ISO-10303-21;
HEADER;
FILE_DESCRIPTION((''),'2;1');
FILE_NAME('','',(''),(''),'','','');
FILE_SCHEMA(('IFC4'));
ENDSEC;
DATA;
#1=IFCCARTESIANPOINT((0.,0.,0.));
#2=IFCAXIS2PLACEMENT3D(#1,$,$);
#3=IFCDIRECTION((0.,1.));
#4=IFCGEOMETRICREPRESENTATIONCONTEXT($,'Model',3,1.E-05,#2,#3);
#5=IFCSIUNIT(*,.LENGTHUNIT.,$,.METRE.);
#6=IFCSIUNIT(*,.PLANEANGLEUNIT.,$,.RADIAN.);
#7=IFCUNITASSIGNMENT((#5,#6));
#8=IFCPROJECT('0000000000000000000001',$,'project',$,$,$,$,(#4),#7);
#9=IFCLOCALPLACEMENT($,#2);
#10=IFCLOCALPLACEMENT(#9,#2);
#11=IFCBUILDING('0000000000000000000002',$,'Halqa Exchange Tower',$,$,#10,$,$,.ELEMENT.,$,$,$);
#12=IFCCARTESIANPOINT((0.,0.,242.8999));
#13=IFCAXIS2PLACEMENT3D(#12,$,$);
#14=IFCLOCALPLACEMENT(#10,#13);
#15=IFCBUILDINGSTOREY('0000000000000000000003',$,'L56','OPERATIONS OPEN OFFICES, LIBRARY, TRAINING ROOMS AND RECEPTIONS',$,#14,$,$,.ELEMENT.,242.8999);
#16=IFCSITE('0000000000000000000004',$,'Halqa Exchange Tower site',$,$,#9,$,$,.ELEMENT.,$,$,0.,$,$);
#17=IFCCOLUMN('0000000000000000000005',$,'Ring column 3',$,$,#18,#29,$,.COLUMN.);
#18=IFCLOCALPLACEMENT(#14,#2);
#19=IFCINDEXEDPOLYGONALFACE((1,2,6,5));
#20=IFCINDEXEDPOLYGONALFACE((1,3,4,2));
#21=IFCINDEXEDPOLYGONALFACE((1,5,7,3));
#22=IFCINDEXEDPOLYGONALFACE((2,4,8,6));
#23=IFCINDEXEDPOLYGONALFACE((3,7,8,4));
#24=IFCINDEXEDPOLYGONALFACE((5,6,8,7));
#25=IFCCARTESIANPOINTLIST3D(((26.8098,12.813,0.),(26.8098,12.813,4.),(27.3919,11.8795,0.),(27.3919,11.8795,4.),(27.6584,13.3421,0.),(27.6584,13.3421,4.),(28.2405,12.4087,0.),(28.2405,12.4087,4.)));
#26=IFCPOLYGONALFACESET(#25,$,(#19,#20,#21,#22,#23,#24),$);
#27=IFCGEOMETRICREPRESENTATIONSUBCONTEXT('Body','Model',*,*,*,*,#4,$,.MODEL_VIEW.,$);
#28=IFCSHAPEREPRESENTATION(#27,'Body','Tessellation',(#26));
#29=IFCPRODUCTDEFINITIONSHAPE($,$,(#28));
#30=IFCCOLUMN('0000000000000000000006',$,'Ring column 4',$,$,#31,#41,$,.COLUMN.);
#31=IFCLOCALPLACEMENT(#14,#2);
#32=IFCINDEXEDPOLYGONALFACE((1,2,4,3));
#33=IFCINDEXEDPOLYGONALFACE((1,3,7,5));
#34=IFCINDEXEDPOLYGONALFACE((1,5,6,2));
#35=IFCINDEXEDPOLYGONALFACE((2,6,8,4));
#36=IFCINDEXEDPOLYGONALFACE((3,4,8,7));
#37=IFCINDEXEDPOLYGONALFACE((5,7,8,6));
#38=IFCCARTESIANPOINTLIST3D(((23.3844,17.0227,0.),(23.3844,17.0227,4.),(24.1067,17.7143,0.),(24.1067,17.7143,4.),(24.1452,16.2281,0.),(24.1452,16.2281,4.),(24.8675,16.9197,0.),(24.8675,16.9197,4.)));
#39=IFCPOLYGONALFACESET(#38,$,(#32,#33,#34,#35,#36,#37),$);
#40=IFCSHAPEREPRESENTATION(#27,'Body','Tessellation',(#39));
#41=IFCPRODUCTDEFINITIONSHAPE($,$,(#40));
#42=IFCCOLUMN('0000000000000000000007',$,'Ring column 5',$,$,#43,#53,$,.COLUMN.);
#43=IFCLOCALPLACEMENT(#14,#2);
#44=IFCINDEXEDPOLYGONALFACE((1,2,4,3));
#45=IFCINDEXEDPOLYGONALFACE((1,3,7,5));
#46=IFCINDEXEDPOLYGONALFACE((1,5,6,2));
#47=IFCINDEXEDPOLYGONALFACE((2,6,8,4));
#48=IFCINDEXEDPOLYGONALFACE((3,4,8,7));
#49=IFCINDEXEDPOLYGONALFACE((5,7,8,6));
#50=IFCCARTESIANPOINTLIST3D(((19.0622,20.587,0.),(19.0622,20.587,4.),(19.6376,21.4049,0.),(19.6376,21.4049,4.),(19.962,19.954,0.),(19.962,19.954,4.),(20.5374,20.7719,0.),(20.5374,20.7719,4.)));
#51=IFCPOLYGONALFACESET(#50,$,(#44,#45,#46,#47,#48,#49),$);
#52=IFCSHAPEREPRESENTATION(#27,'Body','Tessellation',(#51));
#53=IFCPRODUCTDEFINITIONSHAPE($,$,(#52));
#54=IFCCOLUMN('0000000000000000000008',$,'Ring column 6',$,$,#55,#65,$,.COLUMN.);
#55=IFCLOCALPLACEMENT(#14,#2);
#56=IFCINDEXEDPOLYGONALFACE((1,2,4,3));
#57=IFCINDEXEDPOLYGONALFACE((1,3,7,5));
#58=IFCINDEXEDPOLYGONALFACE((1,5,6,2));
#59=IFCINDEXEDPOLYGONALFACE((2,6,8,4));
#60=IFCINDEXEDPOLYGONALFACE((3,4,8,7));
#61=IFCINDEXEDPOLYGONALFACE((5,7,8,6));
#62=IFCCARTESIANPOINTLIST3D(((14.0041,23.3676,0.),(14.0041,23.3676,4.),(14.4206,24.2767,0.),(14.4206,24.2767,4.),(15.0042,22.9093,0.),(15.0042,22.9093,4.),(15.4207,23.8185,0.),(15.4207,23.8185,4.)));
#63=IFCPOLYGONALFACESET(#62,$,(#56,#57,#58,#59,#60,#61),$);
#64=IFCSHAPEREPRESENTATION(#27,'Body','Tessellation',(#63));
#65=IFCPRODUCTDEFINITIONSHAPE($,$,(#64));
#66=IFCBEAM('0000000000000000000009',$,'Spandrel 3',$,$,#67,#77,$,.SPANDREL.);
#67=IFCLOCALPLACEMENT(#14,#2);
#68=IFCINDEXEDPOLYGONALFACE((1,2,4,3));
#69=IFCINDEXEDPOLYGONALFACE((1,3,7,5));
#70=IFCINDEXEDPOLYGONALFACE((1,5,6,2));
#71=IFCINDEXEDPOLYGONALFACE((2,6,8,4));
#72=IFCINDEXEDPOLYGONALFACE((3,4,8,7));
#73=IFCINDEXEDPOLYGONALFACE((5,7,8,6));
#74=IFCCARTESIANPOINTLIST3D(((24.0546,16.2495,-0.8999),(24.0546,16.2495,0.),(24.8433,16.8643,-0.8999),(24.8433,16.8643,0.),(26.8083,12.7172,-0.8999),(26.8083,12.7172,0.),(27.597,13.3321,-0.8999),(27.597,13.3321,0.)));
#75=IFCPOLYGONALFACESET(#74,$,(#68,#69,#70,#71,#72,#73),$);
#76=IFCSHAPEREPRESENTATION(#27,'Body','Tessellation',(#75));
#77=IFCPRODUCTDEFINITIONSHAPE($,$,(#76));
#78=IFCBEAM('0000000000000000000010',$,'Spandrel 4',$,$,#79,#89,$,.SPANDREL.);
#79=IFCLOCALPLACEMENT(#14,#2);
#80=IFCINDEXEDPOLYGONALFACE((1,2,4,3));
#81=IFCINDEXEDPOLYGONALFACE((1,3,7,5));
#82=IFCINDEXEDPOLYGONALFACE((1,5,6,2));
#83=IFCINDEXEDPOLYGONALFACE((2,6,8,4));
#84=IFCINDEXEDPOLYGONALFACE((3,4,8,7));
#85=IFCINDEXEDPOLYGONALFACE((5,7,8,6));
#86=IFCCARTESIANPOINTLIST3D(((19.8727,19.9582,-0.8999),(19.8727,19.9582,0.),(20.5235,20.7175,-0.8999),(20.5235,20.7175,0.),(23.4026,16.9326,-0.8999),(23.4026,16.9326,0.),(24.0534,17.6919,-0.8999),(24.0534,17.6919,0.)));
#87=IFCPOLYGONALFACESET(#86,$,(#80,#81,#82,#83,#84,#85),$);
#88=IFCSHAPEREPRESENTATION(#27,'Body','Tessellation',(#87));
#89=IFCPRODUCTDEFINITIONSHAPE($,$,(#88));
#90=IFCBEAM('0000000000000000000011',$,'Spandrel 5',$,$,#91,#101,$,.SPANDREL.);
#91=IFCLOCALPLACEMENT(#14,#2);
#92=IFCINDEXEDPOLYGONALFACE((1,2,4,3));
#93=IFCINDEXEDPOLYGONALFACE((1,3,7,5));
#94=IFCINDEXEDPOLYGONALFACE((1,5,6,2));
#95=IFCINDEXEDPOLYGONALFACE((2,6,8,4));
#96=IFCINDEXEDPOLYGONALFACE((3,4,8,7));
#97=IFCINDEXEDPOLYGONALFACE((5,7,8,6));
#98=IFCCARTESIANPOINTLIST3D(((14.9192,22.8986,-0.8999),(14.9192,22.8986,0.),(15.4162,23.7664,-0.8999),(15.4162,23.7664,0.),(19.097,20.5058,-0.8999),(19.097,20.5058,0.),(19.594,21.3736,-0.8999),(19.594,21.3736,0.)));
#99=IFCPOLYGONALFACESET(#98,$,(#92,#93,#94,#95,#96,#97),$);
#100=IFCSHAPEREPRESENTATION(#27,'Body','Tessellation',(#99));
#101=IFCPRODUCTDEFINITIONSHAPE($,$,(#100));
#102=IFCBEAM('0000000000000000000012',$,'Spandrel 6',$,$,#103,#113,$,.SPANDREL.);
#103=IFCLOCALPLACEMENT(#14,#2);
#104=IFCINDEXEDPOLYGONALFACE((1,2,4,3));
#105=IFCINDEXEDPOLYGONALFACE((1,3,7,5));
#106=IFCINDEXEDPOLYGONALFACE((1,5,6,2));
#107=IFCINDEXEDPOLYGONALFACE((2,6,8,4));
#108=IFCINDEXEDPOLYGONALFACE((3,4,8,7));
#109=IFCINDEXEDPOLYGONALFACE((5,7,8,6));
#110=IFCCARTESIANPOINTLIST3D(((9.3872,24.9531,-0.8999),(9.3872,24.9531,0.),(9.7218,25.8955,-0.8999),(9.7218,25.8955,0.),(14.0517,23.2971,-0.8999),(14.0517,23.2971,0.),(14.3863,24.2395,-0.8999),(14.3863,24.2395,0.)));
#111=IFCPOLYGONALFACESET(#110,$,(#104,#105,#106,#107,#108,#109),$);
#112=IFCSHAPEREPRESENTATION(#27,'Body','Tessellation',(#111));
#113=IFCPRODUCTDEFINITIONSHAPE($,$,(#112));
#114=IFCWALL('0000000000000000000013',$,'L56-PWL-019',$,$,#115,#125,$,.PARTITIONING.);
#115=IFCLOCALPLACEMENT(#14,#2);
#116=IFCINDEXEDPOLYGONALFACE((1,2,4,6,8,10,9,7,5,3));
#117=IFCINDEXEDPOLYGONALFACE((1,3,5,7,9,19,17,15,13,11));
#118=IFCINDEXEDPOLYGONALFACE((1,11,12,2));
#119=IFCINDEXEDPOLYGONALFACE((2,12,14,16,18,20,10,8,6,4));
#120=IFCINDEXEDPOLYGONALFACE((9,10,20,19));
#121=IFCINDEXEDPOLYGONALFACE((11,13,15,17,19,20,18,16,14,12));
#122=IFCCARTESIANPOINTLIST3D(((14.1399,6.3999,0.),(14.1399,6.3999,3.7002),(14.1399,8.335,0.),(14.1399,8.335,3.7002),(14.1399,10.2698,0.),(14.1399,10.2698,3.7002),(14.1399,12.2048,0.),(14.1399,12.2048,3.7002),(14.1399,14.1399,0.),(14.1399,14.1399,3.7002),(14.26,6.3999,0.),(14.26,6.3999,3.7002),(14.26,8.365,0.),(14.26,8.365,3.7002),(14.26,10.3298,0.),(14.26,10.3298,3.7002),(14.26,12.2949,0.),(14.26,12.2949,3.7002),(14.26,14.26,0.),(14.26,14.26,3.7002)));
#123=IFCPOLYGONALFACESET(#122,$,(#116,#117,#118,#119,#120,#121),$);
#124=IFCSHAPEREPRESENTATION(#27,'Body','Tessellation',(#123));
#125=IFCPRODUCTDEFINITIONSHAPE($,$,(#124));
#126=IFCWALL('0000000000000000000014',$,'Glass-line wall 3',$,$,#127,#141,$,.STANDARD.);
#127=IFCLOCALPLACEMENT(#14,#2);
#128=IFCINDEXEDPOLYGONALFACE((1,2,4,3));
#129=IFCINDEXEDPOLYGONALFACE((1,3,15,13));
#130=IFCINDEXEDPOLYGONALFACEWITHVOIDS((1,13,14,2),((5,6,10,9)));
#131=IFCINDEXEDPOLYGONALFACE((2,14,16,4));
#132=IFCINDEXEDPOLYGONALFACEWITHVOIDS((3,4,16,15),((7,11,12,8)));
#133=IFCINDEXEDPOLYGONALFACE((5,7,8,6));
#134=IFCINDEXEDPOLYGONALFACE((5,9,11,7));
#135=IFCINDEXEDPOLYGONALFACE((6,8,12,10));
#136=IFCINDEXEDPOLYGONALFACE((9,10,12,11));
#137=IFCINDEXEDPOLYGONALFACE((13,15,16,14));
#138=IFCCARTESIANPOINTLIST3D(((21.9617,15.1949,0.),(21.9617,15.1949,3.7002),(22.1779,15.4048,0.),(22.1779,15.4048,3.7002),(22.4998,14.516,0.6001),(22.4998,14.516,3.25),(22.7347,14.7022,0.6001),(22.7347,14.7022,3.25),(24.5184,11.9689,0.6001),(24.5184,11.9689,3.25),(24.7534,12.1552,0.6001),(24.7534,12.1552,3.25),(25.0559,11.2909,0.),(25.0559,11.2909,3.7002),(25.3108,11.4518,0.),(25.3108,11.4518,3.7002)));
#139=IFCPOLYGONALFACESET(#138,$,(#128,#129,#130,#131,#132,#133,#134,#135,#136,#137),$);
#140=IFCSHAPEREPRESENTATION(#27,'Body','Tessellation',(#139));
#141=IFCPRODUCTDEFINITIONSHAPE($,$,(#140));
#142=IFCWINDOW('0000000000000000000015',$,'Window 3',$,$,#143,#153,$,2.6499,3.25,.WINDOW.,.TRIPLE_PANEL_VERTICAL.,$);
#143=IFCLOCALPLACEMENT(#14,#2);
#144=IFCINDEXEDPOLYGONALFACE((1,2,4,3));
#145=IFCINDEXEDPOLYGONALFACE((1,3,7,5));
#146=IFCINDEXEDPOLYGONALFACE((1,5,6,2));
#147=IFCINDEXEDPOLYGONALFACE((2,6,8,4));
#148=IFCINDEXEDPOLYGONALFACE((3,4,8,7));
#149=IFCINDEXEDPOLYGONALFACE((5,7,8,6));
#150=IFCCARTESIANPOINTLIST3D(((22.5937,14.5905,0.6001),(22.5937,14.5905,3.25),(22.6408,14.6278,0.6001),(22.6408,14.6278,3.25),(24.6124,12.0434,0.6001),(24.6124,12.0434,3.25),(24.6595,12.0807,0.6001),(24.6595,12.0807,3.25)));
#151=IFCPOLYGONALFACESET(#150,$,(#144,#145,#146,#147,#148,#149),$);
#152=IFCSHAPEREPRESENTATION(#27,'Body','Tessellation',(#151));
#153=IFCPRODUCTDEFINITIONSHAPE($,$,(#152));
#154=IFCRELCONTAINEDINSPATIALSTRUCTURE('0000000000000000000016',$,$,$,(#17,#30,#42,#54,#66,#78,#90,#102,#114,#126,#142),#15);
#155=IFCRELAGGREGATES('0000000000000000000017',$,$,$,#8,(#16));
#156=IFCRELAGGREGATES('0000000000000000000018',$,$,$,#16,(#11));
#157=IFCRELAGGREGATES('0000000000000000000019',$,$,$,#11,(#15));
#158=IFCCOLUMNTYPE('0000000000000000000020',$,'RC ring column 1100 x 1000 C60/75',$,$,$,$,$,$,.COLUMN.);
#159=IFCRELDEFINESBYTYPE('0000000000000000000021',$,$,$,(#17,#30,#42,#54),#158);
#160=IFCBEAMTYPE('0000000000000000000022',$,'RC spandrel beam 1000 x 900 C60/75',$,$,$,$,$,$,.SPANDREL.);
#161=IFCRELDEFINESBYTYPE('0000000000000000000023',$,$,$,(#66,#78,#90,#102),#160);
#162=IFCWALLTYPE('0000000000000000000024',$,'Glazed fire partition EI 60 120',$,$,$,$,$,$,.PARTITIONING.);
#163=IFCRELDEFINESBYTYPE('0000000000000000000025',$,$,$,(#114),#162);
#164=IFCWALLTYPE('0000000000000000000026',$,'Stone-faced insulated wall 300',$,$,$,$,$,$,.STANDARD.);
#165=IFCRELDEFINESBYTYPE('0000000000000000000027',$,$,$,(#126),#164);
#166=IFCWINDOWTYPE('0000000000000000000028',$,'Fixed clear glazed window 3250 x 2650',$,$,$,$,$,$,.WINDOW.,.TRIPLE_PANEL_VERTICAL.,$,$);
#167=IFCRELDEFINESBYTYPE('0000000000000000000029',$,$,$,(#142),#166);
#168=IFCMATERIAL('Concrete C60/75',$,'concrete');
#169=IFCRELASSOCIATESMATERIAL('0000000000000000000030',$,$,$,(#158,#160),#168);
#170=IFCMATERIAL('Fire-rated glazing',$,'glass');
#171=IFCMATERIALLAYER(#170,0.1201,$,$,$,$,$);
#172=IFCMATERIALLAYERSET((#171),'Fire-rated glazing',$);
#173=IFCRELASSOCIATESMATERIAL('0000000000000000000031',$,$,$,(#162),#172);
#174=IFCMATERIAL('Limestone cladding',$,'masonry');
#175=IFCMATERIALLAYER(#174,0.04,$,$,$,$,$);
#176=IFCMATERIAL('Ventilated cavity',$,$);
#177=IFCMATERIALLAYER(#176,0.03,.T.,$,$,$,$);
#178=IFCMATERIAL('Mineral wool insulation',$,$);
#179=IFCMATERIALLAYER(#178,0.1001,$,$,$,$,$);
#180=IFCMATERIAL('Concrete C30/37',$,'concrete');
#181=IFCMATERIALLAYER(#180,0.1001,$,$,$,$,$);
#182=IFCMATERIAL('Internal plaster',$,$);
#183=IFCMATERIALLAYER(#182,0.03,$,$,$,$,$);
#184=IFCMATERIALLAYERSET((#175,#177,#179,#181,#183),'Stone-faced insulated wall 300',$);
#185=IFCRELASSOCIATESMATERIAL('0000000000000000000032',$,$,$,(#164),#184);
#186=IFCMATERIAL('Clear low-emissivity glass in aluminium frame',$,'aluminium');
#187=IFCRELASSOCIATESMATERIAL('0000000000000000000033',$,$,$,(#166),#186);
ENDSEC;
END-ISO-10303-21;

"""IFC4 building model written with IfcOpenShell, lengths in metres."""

from ifc_helpers import new_model, si_unit, direction, frame, frame_2d, origin, origin_2d, place, context, subcontext, project, spatial, polyline, rectangle, outline, extrude, material, layer, layer_set, material_profile, profile_set, type_object, element, fill, save


model = new_model("IFC4")

# Units and contexts
model_context = context("Model", 3, precision=1e-05, world=origin(), true_north=direction((0.0, 1.0)))
body_context = subcontext(model_context, "Body", "Model", "MODEL_VIEW")
ifc_project = project(units=[si_unit("LENGTHUNIT", "METRE"), si_unit("PLANEANGLEUNIT", "RADIAN")], contexts=[model_context])

# Site, building, storey
site_placement = place(None, origin())
site = spatial("IfcSite", under=ifc_project, at=site_placement, Name="Halqa Exchange Tower site", CompositionType="ELEMENT", RefElevation=0.0)
building_placement = place(site_placement, origin())
building = spatial("IfcBuilding", under=site, at=building_placement, Name="Halqa Exchange Tower", CompositionType="ELEMENT")
storey_placement = place(building_placement, frame((0.0, 0.0, 242.8999)))
storey = spatial("IfcBuildingStorey", under=building, at=storey_placement, Name="L56", Description="OPERATIONS OPEN OFFICES, LIBRARY, TRAINING ROOMS AND RECEPTIONS", CompositionType="ELEMENT", Elevation=242.8999)

# Columns
ifc_material_1 = material(Name="Concrete C60/75", Category="concrete")
ifc_material_profile_1 = material_profile(ifc_material_1, rectangle(XDim=1.1001, YDim=1.0, at=origin_2d()), Name="1100 x 1000")
ifc_profile_set_1 = profile_set([ifc_material_profile_1], Name="Concrete C60/75")
column_type = type_object("IfcColumnType", Name="RC ring column 1100 x 1000 C60/75", PredefinedType="COLUMN", material=ifc_profile_set_1)
for number, where, z_axis, x_axis, name in (
    (1, (27.5251, 12.6108, 0.0), (0.0, 0.0, 1.0), (-0.529148, 0.84853, 0.0), "Ring column 3"),
    (2, (24.126, 16.9712, 0.0), (0.0, 0.0, 1.0), (-0.691579, 0.722301, 0.0), "Ring column 4"),
    (3, (19.7998, 20.6794, 0.0), (0.0, 0.0, 1.0), (-0.817905, 0.575354, 0.0), "Ring column 5"),
    (4, (14.7124, 23.593, 0.0), (0.0, 0.0, 1.0), (-0.909126, 0.416522, 0.0), "Ring column 6"),
):
    element("IfcColumn", number, at=place(storey_placement, frame(where, z_axis=z_axis, x_axis=x_axis)), inside=storey, type_object=column_type, Name=name, PredefinedType="COLUMN", context=body_context, shape_type="SweptSolid", body=[
        extrude(rectangle(XDim=1.1001, YDim=1.0, at=origin_2d()), origin(), (0.0, 0.0, 1.0), 4.0),
    ])

# Beams
ifc_material_profile_2 = material_profile(ifc_material_1, rectangle(XDim=1.0, YDim=0.8999, at=origin_2d()), Name="1000 x 900")
ifc_profile_set_2 = profile_set([ifc_material_profile_2], Name="Concrete C60/75")
beam_type = type_object("IfcBeamType", Name="RC spandrel beam 1000 x 900 C60/75", PredefinedType="SPANDREL", material=ifc_profile_set_2)
beam_1_placement = place(storey_placement, frame((27.2026, 13.0247, -0.45), z_axis=(-0.614827, 0.788662, 0.0), x_axis=(-0.788662, -0.614827, 0.0)))
element("IfcBeam", 5, at=beam_1_placement, inside=storey, type_object=beam_type, Name="Spandrel 3", PredefinedType="SPANDREL", context=body_context, shape_type="SweptSolid", body=[
    extrude(rectangle(XDim=1.0, YDim=0.8999, at=origin_2d()), origin(), (0.0, 0.0, 1.0), 4.4788),
])
beam_2_placement = place(storey_placement, frame((23.728, 17.3123, -0.45), z_axis=(-0.759268, 0.650778, 0.0), x_axis=(-0.650778, -0.759268, 0.0)))
element("IfcBeam", 6, at=beam_2_placement, inside=storey, type_object=beam_type, Name="Spandrel 4", PredefinedType="SPANDREL", context=body_context, shape_type="SweptSolid", body=[
    extrude(rectangle(XDim=1.0, YDim=0.8999, at=origin_2d()), origin(), (0.0, 0.0, 1.0), 4.6492),
])
beam_3_placement = place(storey_placement, frame((19.3455, 20.9397, -0.45), z_axis=(-0.867747, 0.497007, 0.0), x_axis=(-0.497007, -0.867747, 0.0)))
element("IfcBeam", 7, at=beam_3_placement, inside=storey, type_object=beam_type, Name="Spandrel 5", PredefinedType="SPANDREL", context=body_context, shape_type="SweptSolid", body=[
    extrude(rectangle(XDim=1.0, YDim=0.8999, at=origin_2d()), origin(), (0.0, 0.0, 1.0), 4.8145),
])
beam_4_placement = place(storey_placement, frame((14.219, 23.7683, -0.45), z_axis=(-0.942374, 0.334561, 0.0), x_axis=(-0.334561, -0.942374, 0.0)))
element("IfcBeam", 8, at=beam_4_placement, inside=storey, type_object=beam_type, Name="Spandrel 6", PredefinedType="SPANDREL", context=body_context, shape_type="SweptSolid", body=[
    extrude(rectangle(XDim=1.0, YDim=0.8999, at=origin_2d()), origin(), (0.0, 0.0, 1.0), 4.9497),
])

# Wall
ifc_material_2 = material(Name="Fire-rated glazing", Category="glass")
ifc_layer_1 = layer(ifc_material_2, 0.1201)
ifc_layer_set_1 = layer_set([ifc_layer_1], Name="Fire-rated glazing")
wall_type_1 = type_object("IfcWallType", Name="Glazed fire partition EI 60 120", PredefinedType="PARTITIONING", material=ifc_layer_set_1)
wall_1_placement = place(storey_placement, frame((14.2, 14.26, 0.0), z_axis=(0.0, 0.0, 1.0), x_axis=(0.0, -1.0, 0.0)))
element("IfcWall", 9, at=wall_1_placement, inside=storey, type_object=wall_type_1, Name="L56-PWL-019", PredefinedType="PARTITIONING", context=body_context, shape_type="SweptSolid", body=[
    extrude(outline(polyline([(7.8601, 0.0601), (5.895, 0.0601), (3.9302, 0.0601), (1.9651, 0.0601), (0.0, 0.0601), (0.1201, -0.0601), (2.0552, -0.0601), (3.9902, -0.0601), (5.925, -0.0601), (7.8601, -0.0601), (7.8601, 0.0601)])), origin(), (0.0, 0.0, 1.0), 3.7002),
])

# Wall, opening, window
ifc_material_3 = material(Name="Limestone cladding", Category="masonry")
ifc_layer_2 = layer(ifc_material_3, 0.04)
ifc_material_4 = material(Name="Ventilated cavity")
ifc_layer_3 = layer(ifc_material_4, 0.03, ventilated=True)
ifc_material_5 = material(Name="Mineral wool insulation")
ifc_layer_4 = layer(ifc_material_5, 0.1001)
ifc_material_6 = material(Name="Concrete C30/37", Category="concrete")
ifc_layer_5 = layer(ifc_material_6, 0.1001)
ifc_material_7 = material(Name="Internal plaster")
ifc_layer_6 = layer(ifc_material_7, 0.03)
ifc_layer_set_2 = layer_set([ifc_layer_2, ifc_layer_3, ifc_layer_4, ifc_layer_5, ifc_layer_6], Name="Stone-faced insulated wall 300")
wall_type_2 = type_object("IfcWallType", Name="Stone-faced insulated wall 300", PredefinedType="STANDARD", material=ifc_layer_set_2)
wall_2_placement = place(storey_placement, frame((25.1833, 11.3713, 0.0), z_axis=(0.0, 0.0, 1.0), x_axis=(-0.621131, 0.783707, 0.0)))
wall_2 = element("IfcWall", 10, at=wall_2_placement, inside=storey, type_object=wall_type_2, Name="Glass-line wall 3", PredefinedType="STANDARD", context=body_context, shape_type="SweptSolid", body=[
    extrude(outline(polyline([(-0.0161, -0.1499), (5.0278, -0.1499), (4.9976, 0.1499), (0.0161, 0.1499), (-0.0161, -0.1499)])), origin(), (0.0, 0.0, 1.0), 3.7002),
])
opening_1_placement = place(wall_2_placement, frame((0.8813, 0.0, 0.6001)))
opening_1 = element("IfcOpeningElement", 11, at=opening_1_placement, cuts=wall_2, PredefinedType="OPENING", context=body_context, shape_type="SweptSolid", body=[
    extrude(rectangle(XDim=3.25, YDim=2.6499, at=frame_2d((1.625, 1.325))), frame((0.0, 0.1621, 0.0), z_axis=(0.0, -1.0, 0.0), x_axis=(1.0, 0.0, 0.0)), (0.0, 0.0, 1.0), 0.324),
])
ifc_material_8 = material(Name="Clear low-emissivity glass in aluminium frame", Category="aluminium")
window_type = type_object("IfcWindowType", Name="Fixed clear glazed window 3250 x 2650", PartitioningType="TRIPLE_PANEL_VERTICAL", PredefinedType="WINDOW", material=ifc_material_8)
window_1_placement = place(opening_1_placement, origin())
window_1 = element("IfcWindow", 12, at=window_1_placement, inside=storey, type_object=window_type, Name="Window 3", OverallHeight=2.6499, OverallWidth=3.25, PartitioningType="TRIPLE_PANEL_VERTICAL", PredefinedType="WINDOW", context=body_context, shape_type="SweptSolid", body=[
    extrude(rectangle(XDim=3.25, YDim=2.6499, at=frame_2d((1.625, 1.325))), frame((0.0, 0.03, 0.0), z_axis=(0.0, -1.0, 0.0), x_axis=(1.0, 0.0, 0.0)), (0.0, 0.0, 1.0), 0.0601),
])
fill(opening_1, window_1)

save(model, "model.ifc")
